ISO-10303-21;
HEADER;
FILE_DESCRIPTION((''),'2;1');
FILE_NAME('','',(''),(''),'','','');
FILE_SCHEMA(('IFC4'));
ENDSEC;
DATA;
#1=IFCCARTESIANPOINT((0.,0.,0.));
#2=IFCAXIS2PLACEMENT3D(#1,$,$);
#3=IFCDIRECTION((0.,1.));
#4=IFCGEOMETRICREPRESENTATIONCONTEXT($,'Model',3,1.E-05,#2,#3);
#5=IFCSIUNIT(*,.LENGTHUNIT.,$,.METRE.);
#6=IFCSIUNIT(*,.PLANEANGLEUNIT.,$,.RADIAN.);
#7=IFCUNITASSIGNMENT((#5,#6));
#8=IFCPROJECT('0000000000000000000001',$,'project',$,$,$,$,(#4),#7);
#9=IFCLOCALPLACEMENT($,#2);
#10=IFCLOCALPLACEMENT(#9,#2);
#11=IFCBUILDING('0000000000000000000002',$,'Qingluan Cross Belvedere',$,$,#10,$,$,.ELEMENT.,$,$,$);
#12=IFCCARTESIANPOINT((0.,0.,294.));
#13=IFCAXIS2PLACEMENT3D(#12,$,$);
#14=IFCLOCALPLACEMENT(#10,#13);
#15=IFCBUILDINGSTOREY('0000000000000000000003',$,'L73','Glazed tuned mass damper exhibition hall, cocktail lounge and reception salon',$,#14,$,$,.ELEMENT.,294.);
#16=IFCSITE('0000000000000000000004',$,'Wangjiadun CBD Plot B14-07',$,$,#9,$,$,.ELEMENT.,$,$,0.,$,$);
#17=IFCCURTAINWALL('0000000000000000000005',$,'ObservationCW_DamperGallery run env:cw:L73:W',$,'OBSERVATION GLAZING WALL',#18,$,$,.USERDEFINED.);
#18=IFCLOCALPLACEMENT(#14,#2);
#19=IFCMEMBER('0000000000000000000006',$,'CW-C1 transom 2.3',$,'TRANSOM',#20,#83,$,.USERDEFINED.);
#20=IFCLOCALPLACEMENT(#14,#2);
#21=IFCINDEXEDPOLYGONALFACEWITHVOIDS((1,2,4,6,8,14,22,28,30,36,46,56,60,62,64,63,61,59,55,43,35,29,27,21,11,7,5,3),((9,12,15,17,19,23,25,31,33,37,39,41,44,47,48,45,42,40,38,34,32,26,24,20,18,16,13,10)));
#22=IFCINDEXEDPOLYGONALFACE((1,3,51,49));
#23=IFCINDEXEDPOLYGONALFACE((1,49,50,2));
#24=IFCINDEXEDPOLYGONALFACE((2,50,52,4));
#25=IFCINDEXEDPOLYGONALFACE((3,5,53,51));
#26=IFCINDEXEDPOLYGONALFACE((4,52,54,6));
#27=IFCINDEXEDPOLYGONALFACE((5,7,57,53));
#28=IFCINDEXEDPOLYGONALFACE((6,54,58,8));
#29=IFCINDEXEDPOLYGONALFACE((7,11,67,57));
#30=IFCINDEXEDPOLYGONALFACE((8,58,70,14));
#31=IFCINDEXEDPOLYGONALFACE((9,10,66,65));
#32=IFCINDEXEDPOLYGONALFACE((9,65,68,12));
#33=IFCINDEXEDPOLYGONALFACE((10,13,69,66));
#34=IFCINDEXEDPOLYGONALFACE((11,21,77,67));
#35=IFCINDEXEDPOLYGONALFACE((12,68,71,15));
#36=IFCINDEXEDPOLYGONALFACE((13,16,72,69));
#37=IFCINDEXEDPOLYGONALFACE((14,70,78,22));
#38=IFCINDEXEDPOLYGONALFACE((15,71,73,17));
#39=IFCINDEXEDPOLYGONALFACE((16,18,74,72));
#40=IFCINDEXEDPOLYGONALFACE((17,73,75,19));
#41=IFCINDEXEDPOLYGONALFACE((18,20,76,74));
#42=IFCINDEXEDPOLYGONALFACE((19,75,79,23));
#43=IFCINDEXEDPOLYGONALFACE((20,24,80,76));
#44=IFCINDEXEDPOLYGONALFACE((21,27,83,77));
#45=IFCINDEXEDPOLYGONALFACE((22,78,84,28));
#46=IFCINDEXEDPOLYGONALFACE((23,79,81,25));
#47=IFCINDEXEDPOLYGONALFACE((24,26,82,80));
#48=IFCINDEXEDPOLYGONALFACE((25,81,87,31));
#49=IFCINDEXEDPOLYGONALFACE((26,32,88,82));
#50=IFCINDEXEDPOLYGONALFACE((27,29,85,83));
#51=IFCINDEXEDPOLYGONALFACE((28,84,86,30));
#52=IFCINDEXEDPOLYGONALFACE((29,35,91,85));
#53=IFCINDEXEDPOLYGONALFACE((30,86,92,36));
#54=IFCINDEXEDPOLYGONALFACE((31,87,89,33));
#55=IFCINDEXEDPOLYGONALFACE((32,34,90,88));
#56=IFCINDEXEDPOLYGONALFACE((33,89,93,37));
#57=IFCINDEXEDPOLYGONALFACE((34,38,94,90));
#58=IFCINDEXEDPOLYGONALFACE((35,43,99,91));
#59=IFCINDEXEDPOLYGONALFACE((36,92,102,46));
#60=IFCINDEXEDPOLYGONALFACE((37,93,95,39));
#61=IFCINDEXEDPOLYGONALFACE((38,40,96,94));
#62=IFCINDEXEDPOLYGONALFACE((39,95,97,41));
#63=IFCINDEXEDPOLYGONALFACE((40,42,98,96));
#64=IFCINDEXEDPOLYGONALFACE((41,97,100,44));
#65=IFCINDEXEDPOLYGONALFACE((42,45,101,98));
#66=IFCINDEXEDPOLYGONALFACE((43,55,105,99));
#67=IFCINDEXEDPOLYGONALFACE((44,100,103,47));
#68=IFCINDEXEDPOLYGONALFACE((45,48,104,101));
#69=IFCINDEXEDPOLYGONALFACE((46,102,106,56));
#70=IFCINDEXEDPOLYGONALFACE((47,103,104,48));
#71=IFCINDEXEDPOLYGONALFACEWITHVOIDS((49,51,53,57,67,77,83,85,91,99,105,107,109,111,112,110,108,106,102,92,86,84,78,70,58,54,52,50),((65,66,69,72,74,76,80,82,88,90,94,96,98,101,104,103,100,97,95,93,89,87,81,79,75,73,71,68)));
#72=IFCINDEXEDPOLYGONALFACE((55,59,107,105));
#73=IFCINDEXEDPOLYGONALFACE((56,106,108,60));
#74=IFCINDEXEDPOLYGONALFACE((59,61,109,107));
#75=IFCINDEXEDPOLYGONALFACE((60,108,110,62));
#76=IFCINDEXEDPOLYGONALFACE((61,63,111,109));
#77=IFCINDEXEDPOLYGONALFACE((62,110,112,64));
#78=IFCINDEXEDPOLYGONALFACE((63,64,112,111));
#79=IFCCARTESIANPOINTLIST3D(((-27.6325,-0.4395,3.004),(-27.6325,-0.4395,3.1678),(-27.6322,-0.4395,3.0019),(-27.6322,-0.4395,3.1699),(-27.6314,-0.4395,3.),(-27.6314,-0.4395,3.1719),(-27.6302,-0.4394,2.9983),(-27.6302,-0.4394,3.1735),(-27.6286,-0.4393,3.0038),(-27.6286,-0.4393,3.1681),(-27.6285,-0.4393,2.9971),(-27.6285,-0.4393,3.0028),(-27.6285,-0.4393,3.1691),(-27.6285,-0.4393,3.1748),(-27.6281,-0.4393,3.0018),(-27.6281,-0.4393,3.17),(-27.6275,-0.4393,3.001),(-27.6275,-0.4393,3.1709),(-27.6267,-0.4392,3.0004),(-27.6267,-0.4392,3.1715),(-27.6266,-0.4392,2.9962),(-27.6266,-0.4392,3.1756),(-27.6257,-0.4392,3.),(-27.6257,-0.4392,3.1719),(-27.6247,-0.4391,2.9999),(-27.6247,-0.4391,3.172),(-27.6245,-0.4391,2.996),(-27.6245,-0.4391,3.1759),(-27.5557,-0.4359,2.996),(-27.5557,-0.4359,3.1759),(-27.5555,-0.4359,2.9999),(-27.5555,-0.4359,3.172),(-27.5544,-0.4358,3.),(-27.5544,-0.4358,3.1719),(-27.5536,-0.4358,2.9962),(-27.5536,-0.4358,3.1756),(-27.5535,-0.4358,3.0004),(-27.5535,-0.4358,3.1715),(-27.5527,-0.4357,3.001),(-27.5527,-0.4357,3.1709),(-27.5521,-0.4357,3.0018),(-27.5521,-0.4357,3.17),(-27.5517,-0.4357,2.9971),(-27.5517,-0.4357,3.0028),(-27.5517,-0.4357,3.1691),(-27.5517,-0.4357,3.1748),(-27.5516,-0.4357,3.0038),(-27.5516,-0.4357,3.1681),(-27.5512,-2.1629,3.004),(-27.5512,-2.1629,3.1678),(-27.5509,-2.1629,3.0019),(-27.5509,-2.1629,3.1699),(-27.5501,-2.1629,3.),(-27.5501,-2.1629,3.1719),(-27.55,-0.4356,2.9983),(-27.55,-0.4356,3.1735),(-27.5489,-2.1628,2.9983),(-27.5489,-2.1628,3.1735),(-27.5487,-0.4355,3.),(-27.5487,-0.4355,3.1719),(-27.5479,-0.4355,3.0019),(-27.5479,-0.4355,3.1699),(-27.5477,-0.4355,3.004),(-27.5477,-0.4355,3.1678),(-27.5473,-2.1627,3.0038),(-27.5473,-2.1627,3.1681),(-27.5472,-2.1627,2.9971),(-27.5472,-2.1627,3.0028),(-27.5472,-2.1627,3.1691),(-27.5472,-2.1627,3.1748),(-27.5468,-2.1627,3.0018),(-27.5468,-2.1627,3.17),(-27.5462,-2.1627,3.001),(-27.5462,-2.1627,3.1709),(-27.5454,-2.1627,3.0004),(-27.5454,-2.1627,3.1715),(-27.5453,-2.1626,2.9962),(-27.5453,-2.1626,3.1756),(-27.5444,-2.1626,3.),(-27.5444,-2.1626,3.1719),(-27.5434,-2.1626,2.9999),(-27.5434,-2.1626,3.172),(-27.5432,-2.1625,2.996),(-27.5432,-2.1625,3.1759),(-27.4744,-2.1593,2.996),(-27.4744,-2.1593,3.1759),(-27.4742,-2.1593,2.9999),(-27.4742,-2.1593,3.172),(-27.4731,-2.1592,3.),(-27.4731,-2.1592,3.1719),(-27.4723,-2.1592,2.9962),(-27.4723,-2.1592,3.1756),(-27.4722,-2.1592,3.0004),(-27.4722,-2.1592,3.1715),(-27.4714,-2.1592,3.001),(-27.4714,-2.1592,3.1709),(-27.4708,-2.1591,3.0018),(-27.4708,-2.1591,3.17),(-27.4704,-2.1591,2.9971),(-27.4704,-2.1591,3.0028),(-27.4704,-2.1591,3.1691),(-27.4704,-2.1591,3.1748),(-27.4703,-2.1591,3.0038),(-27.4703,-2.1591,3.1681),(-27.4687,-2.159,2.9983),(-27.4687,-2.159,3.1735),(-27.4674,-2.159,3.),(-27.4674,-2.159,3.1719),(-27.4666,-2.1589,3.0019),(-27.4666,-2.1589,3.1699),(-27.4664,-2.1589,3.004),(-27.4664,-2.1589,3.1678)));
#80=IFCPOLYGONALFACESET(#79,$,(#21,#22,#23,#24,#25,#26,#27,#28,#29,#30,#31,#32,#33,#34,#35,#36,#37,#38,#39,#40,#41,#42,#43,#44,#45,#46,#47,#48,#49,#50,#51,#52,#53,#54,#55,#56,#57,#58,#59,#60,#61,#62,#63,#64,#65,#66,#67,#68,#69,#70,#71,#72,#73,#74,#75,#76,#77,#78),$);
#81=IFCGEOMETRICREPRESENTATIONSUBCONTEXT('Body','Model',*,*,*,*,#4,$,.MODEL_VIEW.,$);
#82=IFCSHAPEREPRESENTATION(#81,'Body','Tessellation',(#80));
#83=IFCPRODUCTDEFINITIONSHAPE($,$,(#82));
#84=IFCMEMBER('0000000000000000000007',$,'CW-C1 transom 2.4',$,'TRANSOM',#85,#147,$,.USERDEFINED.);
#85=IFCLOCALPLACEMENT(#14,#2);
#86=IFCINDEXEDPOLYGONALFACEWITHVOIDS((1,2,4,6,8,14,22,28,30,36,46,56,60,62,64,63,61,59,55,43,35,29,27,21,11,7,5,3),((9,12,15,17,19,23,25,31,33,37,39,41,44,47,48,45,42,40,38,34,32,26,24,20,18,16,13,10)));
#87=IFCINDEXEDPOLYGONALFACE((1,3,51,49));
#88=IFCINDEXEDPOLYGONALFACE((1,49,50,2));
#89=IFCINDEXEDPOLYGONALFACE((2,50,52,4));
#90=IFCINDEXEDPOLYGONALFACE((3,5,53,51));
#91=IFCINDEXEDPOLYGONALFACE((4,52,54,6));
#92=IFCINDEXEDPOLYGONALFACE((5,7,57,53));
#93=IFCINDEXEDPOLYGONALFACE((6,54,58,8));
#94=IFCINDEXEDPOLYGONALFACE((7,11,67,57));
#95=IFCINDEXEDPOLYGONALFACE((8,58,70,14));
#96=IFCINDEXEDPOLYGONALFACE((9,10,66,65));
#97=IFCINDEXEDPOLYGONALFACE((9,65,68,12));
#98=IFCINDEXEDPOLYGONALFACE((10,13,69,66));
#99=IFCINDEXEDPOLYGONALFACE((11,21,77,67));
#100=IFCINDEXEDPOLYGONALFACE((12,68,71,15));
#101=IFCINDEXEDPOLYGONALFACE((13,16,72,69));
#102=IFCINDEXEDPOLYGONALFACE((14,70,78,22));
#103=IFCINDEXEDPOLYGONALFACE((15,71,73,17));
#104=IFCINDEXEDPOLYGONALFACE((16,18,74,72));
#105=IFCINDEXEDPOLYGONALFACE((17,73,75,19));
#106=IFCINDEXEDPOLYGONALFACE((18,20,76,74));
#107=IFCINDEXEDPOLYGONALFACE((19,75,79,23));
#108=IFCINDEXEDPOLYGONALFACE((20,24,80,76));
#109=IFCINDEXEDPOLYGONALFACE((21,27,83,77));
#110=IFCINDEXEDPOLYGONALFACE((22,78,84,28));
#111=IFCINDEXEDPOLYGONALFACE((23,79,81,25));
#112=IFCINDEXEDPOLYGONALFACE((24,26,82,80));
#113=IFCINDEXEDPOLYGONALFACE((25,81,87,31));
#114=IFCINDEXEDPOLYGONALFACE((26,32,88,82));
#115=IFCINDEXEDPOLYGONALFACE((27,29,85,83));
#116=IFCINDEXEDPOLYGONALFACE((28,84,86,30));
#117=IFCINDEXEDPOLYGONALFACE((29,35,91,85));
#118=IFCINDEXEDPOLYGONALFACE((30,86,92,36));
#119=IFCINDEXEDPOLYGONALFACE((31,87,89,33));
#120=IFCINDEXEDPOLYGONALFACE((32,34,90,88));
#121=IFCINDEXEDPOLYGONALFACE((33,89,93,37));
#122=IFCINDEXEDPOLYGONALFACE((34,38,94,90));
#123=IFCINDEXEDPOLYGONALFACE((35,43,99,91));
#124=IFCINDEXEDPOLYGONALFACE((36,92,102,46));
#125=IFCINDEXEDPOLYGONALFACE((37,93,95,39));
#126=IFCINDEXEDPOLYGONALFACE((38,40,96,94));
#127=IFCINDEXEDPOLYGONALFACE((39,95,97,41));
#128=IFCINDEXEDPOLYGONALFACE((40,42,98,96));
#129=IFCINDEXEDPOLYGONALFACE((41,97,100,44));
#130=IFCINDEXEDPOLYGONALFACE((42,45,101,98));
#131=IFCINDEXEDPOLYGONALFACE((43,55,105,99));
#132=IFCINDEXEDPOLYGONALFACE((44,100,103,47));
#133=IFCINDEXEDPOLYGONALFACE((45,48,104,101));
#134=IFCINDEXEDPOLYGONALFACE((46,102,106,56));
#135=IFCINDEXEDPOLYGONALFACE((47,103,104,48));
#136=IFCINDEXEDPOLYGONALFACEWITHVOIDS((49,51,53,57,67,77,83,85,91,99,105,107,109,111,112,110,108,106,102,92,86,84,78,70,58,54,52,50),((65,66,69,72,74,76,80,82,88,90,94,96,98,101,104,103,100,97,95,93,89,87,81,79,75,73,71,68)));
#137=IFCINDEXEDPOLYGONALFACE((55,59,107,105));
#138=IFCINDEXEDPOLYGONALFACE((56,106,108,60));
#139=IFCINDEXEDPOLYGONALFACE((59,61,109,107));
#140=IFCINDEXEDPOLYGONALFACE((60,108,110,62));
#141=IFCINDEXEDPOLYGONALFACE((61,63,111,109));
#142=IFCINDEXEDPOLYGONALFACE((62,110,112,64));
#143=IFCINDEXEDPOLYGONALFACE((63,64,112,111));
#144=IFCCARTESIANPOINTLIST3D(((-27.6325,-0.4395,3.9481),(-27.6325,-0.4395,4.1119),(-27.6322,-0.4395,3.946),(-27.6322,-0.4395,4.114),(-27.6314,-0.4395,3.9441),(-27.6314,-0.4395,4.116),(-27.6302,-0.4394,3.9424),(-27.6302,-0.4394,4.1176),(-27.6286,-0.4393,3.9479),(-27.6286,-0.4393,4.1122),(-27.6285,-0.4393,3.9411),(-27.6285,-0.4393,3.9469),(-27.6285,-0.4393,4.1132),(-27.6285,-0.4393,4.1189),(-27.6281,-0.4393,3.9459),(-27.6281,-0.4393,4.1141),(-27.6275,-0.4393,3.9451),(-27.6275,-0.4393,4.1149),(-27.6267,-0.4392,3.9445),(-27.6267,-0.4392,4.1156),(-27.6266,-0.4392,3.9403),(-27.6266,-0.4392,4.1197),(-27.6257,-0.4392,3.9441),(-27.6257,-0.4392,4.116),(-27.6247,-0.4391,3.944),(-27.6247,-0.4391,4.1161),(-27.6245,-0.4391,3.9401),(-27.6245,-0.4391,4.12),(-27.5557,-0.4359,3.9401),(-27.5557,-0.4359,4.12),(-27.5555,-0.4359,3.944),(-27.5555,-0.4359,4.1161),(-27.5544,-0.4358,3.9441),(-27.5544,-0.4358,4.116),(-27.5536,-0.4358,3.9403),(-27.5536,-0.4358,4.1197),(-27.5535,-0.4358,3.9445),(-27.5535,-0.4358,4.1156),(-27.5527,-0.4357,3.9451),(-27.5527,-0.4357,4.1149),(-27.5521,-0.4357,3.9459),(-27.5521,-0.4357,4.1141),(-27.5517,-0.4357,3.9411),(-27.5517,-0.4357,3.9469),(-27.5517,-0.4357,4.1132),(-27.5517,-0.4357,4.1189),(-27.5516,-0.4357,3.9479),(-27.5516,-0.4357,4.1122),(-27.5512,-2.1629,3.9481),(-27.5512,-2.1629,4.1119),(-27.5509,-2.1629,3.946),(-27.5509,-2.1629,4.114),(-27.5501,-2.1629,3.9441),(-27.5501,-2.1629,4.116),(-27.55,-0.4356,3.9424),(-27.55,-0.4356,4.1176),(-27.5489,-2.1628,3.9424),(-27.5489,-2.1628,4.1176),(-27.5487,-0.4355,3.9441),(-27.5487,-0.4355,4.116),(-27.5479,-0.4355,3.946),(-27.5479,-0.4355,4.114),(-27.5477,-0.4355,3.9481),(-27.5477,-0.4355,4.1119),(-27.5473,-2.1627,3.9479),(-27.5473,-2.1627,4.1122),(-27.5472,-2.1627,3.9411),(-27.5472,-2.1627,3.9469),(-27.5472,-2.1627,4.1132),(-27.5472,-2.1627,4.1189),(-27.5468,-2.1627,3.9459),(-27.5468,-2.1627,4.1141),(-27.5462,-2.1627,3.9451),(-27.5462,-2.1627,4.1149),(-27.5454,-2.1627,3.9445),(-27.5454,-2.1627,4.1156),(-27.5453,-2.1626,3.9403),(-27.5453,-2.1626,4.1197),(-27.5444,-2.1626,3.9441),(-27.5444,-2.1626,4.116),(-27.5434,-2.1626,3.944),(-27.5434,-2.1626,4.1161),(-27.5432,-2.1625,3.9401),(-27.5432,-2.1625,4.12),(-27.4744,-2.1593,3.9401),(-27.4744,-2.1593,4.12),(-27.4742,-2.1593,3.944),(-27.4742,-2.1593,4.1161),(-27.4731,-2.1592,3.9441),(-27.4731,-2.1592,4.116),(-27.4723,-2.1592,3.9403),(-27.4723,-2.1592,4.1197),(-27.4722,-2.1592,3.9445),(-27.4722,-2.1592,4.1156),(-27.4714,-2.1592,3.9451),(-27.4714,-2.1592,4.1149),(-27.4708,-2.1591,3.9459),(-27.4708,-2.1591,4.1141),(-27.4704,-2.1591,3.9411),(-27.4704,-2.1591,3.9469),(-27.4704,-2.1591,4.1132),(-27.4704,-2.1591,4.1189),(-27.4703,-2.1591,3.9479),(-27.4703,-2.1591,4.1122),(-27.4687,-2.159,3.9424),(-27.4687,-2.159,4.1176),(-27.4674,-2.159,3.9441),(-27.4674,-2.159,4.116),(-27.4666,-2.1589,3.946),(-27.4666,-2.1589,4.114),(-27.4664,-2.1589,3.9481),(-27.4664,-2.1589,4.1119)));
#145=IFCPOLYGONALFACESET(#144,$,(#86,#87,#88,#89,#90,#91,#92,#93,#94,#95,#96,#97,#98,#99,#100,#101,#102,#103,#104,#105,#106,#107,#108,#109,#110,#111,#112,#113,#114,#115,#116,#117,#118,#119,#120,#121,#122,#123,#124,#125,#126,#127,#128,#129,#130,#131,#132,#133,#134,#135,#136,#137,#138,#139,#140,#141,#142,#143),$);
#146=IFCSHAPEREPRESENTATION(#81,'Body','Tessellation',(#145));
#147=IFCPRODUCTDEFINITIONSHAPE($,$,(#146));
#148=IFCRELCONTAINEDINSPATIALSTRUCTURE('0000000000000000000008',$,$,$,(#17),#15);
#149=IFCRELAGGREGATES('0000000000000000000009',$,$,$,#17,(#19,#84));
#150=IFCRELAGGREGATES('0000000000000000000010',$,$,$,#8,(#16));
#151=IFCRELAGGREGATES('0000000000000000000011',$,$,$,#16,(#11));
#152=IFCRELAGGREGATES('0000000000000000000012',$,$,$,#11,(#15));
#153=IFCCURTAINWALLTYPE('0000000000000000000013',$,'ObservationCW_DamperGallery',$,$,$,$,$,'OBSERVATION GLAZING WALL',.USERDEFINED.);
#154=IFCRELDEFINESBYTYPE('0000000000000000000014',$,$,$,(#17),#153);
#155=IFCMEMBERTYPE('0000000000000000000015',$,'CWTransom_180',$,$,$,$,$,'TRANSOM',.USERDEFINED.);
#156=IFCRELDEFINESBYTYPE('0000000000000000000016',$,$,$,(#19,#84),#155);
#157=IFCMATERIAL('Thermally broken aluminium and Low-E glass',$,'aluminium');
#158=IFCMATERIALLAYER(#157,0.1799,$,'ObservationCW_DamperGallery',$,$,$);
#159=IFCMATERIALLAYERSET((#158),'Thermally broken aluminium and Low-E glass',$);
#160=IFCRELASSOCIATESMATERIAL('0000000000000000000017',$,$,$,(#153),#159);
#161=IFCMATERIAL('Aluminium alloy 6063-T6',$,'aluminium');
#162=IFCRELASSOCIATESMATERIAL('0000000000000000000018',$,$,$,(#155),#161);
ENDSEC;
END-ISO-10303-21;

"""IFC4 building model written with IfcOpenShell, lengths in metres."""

from ifc_helpers import new_model, si_unit, direction, frame, origin, origin_2d, place, context, subcontext, project, spatial, hollow_rectangle, extrude, material, layer, layer_set, material_profile, profile_set, type_object, element, aggregate, save


model = new_model("IFC4")

# Units and contexts
model_context = context("Model", 3, precision=1e-05, world=origin(), true_north=direction((0.0, 1.0)))
body_context = subcontext(model_context, "Body", "Model", "MODEL_VIEW")
ifc_project = project(units=[si_unit("LENGTHUNIT", "METRE"), si_unit("PLANEANGLEUNIT", "RADIAN")], contexts=[model_context])

# Site, building, storey
site_placement = place(None, origin())
site = spatial("IfcSite", under=ifc_project, at=site_placement, Name="Wangjiadun CBD Plot B14-07", CompositionType="ELEMENT", RefElevation=0.0)
building_placement = place(site_placement, origin())
building = spatial("IfcBuilding", under=site, at=building_placement, Name="Qingluan Cross Belvedere", CompositionType="ELEMENT")
storey_placement = place(building_placement, frame((0.0, 0.0, 294.0)))
storey = spatial("IfcBuildingStorey", under=building, at=storey_placement, Name="L73", Description="Glazed tuned mass damper exhibition hall, cocktail lounge and reception salon", CompositionType="ELEMENT", Elevation=294.0)

# Curtain wall, members
ifc_material_1 = material(Name="Thermally broken aluminium and Low-E glass", Category="aluminium")
ifc_layer_1 = layer(ifc_material_1, 0.1799, Name="ObservationCW_DamperGallery")
ifc_layer_set_1 = layer_set([ifc_layer_1], Name="Thermally broken aluminium and Low-E glass")
curtain_wall_type = type_object("IfcCurtainWallType", Name="ObservationCW_DamperGallery", ElementType="OBSERVATION GLAZING WALL", PredefinedType="USERDEFINED", material=ifc_layer_set_1)
curtain_wall_placement = place(storey_placement, origin())
curtain_wall = element("IfcCurtainWall", 1, at=curtain_wall_placement, inside=storey, type_object=curtain_wall_type, Name="ObservationCW_DamperGallery run env:cw:L73:W", ObjectType="OBSERVATION GLAZING WALL", PredefinedType="USERDEFINED")
ifc_material_2 = material(Name="Aluminium alloy 6063-T6", Category="aluminium")
ifc_material_profile_1 = material_profile(ifc_material_2, hollow_rectangle(XDim=0.085, YDim=0.1799, WallThickness=0.0039, InnerFilletRadius=0.0039, OuterFilletRadius=0.0081, at=origin_2d()), Name="CWT180x85x4")
ifc_profile_set_1 = profile_set([ifc_material_profile_1], Name="Aluminium alloy 6063-T6")
member_type_1 = type_object("IfcMemberType", Name="CWTransom_180", ElementType="TRANSOM", PredefinedType="USERDEFINED", material=ifc_profile_set_1)
member_1_placement = place(storey_placement, frame((-27.5901, -0.4375, 3.0859), z_axis=(0.047121, -0.998889, 0.0), x_axis=(0.998889, 0.047121, 0.0)))
member_1 = element("IfcMember", 2, at=member_1_placement, type_object=member_type_1, Name="CW-C1 transom 2.3", ObjectType="TRANSOM", PredefinedType="USERDEFINED", context=body_context, shape_type="SweptSolid", body=[
    extrude(hollow_rectangle(XDim=0.085, YDim=0.1799, WallThickness=0.0039, InnerFilletRadius=0.0039, OuterFilletRadius=0.0081, at=origin_2d()), origin(), (0.0, 0.0, 1.0), 1.7253),
])
member_2_placement = place(storey_placement, frame((-27.5901, -0.4375, 4.03), z_axis=(0.047121, -0.998889, 0.0), x_axis=(0.998889, 0.047121, 0.0)))
member_2 = element("IfcMember", 3, at=member_2_placement, type_object=member_type_1, Name="CW-C1 transom 2.4", ObjectType="TRANSOM", PredefinedType="USERDEFINED", context=body_context, shape_type="SweptSolid", body=[
    extrude(hollow_rectangle(XDim=0.085, YDim=0.1799, WallThickness=0.0039, InnerFilletRadius=0.0039, OuterFilletRadius=0.0081, at=origin_2d()), origin(), (0.0, 0.0, 1.0), 1.7253),
])
aggregate(curtain_wall, [member_1, member_2])

save(model, "model.ifc")
